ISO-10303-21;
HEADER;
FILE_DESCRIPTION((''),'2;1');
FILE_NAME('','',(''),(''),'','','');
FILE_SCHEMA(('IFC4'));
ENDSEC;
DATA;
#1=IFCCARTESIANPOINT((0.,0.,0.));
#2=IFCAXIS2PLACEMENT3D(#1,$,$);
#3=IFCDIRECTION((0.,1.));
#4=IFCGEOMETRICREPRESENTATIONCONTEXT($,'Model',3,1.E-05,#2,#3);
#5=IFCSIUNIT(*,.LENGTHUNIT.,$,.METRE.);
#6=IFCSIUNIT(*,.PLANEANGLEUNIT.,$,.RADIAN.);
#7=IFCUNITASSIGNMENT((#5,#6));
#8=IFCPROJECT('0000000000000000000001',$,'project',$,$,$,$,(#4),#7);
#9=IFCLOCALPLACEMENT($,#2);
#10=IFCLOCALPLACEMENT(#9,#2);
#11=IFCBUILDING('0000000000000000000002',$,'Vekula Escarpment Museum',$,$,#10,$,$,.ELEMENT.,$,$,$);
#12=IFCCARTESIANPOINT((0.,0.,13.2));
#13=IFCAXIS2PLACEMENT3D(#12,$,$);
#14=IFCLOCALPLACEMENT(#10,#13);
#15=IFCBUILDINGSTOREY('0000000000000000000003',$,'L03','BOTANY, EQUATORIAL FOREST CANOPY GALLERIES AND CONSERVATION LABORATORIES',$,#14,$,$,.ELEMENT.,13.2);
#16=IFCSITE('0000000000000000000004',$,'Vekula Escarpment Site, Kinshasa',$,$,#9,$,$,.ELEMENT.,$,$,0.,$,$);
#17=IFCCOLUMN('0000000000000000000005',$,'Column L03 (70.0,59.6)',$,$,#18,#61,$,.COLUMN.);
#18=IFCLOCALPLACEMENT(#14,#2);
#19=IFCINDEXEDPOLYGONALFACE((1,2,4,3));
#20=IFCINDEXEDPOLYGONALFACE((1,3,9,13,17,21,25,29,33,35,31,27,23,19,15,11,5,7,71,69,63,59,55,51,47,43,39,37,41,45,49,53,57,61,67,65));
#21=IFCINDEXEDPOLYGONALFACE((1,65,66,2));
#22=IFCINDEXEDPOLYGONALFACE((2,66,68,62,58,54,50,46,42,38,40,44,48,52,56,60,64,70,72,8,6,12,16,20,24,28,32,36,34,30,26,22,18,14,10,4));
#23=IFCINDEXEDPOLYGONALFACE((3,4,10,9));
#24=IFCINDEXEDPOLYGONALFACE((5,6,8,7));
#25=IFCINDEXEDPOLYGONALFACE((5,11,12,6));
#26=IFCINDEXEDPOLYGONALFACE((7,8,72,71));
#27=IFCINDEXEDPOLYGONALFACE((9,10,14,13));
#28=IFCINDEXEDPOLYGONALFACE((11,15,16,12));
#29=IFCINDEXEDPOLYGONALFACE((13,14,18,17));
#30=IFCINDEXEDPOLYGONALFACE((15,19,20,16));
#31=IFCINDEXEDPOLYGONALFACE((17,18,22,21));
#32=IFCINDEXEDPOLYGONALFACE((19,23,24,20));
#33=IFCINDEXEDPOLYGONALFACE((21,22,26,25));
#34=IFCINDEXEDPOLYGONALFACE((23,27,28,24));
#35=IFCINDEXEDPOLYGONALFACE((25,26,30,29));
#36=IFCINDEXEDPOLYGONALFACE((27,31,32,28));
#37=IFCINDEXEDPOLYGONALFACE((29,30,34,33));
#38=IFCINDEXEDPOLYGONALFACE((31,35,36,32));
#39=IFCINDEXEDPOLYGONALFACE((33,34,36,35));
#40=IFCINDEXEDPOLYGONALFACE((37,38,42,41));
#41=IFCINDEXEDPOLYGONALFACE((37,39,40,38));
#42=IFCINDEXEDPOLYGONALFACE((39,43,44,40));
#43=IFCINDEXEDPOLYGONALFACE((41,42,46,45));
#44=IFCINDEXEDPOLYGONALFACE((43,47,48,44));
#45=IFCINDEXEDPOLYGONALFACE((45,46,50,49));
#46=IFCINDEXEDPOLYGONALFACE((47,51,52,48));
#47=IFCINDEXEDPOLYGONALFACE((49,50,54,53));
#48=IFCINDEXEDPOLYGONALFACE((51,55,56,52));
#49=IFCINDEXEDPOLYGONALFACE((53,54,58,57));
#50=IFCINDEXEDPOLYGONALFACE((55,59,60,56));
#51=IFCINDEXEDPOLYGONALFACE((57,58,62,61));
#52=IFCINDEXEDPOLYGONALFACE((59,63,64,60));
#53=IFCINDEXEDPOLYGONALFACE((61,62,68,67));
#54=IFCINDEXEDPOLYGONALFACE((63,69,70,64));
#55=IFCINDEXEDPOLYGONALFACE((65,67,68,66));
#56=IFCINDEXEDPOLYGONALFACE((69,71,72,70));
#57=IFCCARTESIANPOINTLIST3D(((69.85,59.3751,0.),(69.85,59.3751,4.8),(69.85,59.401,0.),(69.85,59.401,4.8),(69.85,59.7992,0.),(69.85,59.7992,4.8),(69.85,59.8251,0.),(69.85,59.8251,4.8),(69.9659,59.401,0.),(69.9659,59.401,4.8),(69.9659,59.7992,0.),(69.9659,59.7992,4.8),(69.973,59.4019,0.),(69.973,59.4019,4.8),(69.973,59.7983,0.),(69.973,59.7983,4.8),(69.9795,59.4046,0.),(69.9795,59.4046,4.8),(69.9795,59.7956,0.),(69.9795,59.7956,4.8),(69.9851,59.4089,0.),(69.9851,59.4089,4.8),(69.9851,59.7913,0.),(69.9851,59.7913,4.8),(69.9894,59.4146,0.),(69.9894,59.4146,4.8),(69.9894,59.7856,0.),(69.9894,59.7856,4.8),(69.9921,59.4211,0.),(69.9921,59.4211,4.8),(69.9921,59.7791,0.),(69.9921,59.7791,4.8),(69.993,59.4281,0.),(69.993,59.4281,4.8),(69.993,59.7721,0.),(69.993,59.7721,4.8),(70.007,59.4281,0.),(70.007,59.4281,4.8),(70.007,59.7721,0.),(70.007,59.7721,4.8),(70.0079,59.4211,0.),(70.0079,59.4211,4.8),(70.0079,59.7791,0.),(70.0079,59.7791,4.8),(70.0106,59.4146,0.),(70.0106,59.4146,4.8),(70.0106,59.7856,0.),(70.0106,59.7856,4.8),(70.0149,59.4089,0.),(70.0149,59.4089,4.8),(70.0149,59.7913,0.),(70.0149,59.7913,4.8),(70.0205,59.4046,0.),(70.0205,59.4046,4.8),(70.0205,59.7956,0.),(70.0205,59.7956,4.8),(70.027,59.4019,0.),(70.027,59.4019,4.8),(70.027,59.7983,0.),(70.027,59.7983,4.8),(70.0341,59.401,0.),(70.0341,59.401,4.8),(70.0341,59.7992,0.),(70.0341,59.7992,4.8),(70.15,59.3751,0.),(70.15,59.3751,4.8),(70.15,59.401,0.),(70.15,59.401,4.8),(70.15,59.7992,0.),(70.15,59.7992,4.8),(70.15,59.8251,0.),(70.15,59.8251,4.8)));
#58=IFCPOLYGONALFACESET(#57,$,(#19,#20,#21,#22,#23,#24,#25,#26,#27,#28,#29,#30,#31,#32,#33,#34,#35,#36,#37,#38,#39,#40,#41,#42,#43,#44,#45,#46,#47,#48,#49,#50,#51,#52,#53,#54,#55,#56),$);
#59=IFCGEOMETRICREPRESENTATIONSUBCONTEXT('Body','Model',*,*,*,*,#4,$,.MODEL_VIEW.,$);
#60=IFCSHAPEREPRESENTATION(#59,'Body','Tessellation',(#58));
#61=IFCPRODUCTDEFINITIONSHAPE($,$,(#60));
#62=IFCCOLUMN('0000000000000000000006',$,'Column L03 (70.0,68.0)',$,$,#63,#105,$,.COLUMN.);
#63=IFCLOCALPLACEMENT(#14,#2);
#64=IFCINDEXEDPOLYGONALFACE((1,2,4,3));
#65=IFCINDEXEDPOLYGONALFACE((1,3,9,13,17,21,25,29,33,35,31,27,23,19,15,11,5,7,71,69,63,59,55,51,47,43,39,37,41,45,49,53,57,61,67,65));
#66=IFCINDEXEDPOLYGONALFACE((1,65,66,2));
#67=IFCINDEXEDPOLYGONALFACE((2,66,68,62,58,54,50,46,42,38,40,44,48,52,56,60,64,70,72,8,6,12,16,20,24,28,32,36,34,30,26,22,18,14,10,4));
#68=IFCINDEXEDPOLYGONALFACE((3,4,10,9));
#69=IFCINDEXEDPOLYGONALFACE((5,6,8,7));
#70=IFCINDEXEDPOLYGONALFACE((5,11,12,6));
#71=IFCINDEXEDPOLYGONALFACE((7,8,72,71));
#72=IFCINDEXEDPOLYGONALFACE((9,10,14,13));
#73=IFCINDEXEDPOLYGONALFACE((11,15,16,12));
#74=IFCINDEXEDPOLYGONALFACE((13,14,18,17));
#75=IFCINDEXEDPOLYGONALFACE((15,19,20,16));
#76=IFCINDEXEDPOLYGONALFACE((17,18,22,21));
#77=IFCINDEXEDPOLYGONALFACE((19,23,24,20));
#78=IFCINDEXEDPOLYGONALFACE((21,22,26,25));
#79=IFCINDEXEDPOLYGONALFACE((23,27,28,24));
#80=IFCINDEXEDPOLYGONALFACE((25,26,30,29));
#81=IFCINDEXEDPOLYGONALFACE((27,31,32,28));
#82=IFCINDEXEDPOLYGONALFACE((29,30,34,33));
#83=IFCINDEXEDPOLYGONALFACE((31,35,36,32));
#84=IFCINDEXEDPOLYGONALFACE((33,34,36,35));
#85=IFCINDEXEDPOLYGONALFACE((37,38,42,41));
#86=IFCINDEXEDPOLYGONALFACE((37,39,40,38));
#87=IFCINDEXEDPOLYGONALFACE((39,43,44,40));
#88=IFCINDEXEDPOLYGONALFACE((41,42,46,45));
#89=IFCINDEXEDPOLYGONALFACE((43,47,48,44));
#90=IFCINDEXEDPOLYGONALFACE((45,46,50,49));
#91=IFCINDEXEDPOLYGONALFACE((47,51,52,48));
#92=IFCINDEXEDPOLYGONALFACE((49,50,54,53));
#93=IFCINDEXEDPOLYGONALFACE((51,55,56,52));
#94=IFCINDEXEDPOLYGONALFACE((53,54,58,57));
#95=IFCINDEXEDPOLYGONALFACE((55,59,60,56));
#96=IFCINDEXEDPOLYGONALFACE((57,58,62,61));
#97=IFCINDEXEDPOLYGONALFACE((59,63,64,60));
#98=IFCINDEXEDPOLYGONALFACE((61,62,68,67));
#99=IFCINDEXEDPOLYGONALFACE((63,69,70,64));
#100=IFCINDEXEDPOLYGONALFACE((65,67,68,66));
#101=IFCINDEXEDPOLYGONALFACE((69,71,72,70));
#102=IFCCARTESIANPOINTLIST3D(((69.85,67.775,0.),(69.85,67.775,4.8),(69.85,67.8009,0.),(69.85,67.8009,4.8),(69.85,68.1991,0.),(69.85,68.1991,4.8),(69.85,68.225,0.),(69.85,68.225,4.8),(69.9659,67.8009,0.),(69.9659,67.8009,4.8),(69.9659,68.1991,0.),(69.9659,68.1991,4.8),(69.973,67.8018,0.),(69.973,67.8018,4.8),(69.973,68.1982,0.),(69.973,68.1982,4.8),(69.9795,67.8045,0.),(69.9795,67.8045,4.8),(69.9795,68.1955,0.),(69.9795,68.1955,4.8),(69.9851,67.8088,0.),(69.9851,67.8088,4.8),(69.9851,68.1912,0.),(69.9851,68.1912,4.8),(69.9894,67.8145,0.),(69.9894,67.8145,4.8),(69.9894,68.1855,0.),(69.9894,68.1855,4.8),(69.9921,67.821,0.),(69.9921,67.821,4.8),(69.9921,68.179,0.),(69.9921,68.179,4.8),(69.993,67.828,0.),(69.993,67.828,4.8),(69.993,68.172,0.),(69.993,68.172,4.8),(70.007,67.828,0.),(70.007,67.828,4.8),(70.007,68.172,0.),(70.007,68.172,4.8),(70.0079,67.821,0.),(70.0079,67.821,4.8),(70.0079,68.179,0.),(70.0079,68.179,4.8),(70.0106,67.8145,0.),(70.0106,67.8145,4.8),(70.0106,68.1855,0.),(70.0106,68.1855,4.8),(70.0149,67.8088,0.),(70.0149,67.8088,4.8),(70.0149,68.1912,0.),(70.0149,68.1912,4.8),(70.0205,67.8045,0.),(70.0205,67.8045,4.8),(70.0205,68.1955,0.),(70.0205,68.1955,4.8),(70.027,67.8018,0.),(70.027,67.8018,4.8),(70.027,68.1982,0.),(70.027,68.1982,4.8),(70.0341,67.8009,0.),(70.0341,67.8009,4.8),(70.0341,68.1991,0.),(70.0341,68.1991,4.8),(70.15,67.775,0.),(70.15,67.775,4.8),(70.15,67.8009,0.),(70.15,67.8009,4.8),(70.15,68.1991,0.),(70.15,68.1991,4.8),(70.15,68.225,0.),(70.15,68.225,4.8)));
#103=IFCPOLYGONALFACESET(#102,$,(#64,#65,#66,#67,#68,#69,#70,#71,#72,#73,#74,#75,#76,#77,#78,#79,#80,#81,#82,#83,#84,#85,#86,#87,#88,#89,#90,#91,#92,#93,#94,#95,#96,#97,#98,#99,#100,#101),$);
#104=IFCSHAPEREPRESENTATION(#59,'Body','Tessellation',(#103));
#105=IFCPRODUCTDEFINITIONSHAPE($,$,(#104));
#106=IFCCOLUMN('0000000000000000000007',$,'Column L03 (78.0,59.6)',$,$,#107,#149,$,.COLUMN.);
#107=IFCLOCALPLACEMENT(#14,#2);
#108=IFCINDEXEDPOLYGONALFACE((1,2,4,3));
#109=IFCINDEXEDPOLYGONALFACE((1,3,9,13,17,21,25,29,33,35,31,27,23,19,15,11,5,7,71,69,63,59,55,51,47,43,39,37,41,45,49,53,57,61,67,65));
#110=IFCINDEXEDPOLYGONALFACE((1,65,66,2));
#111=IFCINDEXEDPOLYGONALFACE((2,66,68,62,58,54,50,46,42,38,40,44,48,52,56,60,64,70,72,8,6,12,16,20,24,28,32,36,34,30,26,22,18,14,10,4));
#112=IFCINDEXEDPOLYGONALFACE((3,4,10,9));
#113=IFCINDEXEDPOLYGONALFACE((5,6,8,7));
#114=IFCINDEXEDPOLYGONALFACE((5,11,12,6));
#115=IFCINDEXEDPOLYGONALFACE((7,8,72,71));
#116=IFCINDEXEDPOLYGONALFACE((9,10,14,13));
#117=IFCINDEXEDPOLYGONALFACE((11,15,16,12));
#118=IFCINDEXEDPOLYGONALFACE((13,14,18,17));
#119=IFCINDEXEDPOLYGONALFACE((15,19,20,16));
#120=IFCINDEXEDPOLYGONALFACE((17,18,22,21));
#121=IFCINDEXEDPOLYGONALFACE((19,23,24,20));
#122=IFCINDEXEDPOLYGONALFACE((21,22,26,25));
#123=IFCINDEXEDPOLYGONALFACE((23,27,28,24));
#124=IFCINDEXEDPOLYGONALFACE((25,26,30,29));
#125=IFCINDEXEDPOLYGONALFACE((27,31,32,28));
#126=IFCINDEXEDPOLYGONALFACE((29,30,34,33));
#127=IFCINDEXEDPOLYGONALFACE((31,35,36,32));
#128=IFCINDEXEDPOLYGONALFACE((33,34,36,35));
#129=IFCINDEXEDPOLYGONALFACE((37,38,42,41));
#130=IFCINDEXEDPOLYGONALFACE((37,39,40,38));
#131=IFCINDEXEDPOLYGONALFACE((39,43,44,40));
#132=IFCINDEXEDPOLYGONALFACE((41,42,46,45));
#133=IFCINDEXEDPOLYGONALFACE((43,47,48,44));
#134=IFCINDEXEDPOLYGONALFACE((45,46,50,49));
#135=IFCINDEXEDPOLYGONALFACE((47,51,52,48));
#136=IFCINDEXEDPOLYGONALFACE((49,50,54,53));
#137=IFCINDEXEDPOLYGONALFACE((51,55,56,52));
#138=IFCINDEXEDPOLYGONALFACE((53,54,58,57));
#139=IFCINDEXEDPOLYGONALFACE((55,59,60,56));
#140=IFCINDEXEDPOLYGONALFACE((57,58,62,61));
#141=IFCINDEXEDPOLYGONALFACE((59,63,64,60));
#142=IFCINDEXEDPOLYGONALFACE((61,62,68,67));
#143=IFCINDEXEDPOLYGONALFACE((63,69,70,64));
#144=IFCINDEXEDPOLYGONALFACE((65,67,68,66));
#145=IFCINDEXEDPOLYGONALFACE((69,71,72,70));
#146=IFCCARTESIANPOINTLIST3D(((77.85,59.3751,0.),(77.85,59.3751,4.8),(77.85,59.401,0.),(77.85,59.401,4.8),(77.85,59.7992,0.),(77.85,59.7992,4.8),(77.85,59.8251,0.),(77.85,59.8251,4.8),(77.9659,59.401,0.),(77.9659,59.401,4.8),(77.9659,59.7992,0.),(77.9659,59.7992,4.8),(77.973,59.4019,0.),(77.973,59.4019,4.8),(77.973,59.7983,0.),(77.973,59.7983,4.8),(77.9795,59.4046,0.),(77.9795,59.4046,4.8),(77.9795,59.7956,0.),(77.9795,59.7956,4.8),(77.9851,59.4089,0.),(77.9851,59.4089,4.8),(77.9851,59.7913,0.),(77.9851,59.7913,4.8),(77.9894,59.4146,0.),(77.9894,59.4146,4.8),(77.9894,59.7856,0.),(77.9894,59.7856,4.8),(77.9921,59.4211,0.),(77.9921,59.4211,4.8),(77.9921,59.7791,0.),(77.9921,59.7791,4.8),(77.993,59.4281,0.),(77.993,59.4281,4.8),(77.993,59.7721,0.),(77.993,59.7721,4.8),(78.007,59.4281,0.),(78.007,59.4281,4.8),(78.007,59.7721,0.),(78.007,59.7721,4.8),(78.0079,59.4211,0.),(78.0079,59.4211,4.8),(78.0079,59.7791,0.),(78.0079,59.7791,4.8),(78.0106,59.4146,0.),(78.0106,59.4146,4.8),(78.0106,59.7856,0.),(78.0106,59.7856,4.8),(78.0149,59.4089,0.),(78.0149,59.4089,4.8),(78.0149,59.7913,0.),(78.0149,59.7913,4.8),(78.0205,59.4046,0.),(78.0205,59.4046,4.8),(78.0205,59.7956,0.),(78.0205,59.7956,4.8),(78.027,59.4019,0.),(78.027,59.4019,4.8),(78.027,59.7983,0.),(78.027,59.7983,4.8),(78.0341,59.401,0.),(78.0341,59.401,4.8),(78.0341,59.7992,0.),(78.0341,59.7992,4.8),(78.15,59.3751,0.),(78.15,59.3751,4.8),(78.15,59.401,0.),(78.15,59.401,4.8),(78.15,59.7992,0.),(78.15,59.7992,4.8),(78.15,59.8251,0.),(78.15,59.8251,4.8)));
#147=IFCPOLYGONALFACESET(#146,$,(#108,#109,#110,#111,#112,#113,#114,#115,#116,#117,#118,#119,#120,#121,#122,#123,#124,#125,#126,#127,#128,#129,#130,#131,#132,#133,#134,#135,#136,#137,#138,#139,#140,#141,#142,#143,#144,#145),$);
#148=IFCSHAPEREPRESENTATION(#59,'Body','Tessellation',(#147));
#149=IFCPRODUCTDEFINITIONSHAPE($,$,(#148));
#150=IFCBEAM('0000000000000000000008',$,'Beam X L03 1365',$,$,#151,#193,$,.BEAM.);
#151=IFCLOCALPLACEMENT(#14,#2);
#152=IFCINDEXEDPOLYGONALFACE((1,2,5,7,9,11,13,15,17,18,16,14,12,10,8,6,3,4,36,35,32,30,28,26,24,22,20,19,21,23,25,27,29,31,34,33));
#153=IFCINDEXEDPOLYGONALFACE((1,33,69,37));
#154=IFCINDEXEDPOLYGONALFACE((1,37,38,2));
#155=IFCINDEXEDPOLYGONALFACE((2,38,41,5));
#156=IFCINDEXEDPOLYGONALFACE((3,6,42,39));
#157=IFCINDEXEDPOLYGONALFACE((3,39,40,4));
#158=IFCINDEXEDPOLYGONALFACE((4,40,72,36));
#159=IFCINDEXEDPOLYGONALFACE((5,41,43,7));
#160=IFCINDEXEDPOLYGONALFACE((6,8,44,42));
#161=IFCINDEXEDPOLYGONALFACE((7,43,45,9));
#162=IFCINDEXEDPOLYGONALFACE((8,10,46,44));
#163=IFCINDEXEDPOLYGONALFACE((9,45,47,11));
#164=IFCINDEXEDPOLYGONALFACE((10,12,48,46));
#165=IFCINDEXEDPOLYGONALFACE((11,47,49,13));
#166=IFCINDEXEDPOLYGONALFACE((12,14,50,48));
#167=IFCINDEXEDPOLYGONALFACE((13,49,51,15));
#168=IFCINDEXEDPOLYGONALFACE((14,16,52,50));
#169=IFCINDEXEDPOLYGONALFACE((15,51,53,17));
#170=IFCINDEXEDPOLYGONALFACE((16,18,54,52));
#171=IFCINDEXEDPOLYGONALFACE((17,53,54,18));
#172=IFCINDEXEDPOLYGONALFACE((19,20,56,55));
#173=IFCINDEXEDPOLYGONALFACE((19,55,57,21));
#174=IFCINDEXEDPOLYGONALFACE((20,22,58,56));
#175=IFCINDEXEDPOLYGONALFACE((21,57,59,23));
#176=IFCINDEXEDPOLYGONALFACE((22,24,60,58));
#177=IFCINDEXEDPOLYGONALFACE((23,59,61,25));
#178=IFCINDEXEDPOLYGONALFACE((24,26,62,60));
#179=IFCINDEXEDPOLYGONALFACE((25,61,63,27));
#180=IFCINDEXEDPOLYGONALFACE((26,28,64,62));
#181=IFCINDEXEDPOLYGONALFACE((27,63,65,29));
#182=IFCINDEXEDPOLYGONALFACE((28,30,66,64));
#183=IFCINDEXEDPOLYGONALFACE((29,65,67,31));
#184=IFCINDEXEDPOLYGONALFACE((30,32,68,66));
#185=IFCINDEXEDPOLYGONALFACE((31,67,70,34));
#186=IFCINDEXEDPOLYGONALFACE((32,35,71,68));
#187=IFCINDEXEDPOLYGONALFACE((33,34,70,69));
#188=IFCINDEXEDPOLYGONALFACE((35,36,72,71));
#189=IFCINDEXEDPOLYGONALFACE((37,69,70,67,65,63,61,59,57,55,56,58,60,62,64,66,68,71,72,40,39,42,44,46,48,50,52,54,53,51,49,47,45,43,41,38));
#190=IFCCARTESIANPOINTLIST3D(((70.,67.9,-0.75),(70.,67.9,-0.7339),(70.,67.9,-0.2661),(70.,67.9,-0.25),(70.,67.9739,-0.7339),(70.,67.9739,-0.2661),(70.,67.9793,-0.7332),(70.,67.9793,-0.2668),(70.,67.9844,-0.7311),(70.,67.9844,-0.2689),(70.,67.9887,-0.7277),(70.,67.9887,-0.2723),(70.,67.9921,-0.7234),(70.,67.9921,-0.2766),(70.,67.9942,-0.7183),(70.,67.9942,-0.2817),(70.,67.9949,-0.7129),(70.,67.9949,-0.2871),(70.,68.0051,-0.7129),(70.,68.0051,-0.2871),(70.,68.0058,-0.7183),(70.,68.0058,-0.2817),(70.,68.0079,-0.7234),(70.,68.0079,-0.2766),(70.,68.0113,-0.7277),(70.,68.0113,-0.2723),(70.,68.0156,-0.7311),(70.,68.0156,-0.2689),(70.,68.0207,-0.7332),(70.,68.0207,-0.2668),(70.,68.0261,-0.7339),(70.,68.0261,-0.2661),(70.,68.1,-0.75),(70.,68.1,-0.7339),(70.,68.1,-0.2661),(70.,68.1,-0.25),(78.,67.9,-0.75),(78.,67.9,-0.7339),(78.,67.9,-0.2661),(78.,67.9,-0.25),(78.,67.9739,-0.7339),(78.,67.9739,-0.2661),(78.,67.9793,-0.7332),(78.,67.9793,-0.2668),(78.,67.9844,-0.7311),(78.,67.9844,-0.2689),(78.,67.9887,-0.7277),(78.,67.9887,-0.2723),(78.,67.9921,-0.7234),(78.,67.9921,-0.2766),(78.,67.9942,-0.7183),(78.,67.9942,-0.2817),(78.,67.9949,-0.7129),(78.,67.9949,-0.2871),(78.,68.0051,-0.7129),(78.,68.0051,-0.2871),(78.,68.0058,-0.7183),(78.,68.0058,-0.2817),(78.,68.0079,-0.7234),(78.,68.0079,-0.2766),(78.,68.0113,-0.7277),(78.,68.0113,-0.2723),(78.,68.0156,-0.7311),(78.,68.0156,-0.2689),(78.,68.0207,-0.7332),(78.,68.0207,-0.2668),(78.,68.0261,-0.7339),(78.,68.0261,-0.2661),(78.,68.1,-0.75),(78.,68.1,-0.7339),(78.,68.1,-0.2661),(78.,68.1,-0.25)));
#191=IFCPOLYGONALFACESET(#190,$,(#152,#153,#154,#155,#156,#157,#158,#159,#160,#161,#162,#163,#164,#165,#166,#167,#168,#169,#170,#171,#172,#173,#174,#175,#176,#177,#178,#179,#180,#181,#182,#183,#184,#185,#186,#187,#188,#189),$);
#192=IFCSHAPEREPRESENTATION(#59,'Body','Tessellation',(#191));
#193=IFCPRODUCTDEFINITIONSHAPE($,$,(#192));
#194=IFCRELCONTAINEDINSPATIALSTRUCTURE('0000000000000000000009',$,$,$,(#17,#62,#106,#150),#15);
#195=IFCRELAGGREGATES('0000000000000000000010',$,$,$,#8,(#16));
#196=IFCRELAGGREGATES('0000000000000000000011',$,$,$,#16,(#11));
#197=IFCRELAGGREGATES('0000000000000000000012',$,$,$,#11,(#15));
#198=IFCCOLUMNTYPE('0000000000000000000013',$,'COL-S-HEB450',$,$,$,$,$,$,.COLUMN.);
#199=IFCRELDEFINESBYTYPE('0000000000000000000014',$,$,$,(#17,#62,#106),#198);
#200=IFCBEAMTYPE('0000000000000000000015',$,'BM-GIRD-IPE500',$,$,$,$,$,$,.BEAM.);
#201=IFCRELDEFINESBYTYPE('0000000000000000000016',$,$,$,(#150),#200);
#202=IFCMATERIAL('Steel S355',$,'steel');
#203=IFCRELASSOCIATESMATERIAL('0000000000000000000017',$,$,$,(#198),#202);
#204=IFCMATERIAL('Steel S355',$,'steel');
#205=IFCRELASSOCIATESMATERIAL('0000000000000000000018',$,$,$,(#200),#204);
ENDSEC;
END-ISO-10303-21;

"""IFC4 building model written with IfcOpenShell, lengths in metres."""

from ifc_helpers import new_model, si_unit, direction, frame, origin, origin_2d, place, context, subcontext, project, spatial, i_section, extrude, material, material_profile, profile_set, type_object, element, save


model = new_model("IFC4")

# Units and contexts
model_context = context("Model", 3, precision=1e-05, world=origin(), true_north=direction((0.0, 1.0)))
body_context = subcontext(model_context, "Body", "Model", "MODEL_VIEW")
ifc_project = project(units=[si_unit("LENGTHUNIT", "METRE"), si_unit("PLANEANGLEUNIT", "RADIAN")], contexts=[model_context])

# Site, building, storey
site_placement = place(None, origin())
site = spatial("IfcSite", under=ifc_project, at=site_placement, Name="Vekula Escarpment Site, Kinshasa", CompositionType="ELEMENT", RefElevation=0.0)
building_placement = place(site_placement, origin())
building = spatial("IfcBuilding", under=site, at=building_placement, Name="Vekula Escarpment Museum", CompositionType="ELEMENT")
storey_placement = place(building_placement, frame((0.0, 0.0, 13.2)))
storey = spatial("IfcBuildingStorey", under=building, at=storey_placement, Name="L03", Description="BOTANY, EQUATORIAL FOREST CANOPY GALLERIES AND CONSERVATION LABORATORIES", CompositionType="ELEMENT", Elevation=13.2)

# Columns
ifc_material_1 = material(Name="Steel S355", Category="steel")
ifc_material_profile_1 = material_profile(ifc_material_1, i_section(OverallWidth=0.3, OverallDepth=0.45, WebThickness=0.0139, FlangeThickness=0.0259, FilletRadius=0.0271, at=origin_2d()), Name="HEB 450")
ifc_profile_set_1 = profile_set([ifc_material_profile_1], Name="Steel S355")
column_type = type_object("IfcColumnType", Name="COL-S-HEB450", PredefinedType="COLUMN", material=ifc_profile_set_1)
for number, where, z_axis, x_axis, name in (
    (1, (70.0, 59.6001, 0.0), (0.0, 0.0, 1.0), (1.0, 0.0, 0.0), "Column L03 (70.0,59.6)"),
    (2, (70.0, 68.0, 0.0), (0.0, 0.0, 1.0), (1.0, 0.0, 0.0), "Column L03 (70.0,68.0)"),
    (3, (78.0, 59.6001, 0.0), (0.0, 0.0, 1.0), (1.0, 0.0, 0.0), "Column L03 (78.0,59.6)"),
):
    element("IfcColumn", number, at=place(storey_placement, frame(where, z_axis=z_axis, x_axis=x_axis)), inside=storey, type_object=column_type, Name=name, PredefinedType="COLUMN", context=body_context, shape_type="SweptSolid", body=[
        extrude(i_section(OverallWidth=0.3, OverallDepth=0.45, WebThickness=0.0139, FlangeThickness=0.0259, FilletRadius=0.0271, at=origin_2d()), origin(), (0.0, 0.0, 1.0), 4.8),
    ])

# Beam
ifc_material_2 = material(Name="Steel S355", Category="steel")
ifc_material_profile_2 = material_profile(ifc_material_2, i_section(OverallWidth=0.2, OverallDepth=0.5, WebThickness=0.0103, FlangeThickness=0.0161, FilletRadius=0.021, at=origin_2d()), Name="IPE 500")
ifc_profile_set_2 = profile_set([ifc_material_profile_2], Name="Steel S355")
beam_type_1 = type_object("IfcBeamType", Name="BM-GIRD-IPE500", PredefinedType="BEAM", material=ifc_profile_set_2)
beam_placement = place(storey_placement, frame((70.0, 68.0, -0.5), z_axis=(1.0, 0.0, 0.0), x_axis=(0.0, 1.0, 0.0)))
element("IfcBeam", 4, at=beam_placement, inside=storey, type_object=beam_type_1, Name="Beam X L03 1365", PredefinedType="BEAM", context=body_context, shape_type="SweptSolid", body=[
    extrude(i_section(OverallWidth=0.2, OverallDepth=0.5, WebThickness=0.0103, FlangeThickness=0.0161, FilletRadius=0.021, at=origin_2d()), origin(), (0.0, 0.0, 1.0), 8.0),
])

save(model, "model.ifc")
